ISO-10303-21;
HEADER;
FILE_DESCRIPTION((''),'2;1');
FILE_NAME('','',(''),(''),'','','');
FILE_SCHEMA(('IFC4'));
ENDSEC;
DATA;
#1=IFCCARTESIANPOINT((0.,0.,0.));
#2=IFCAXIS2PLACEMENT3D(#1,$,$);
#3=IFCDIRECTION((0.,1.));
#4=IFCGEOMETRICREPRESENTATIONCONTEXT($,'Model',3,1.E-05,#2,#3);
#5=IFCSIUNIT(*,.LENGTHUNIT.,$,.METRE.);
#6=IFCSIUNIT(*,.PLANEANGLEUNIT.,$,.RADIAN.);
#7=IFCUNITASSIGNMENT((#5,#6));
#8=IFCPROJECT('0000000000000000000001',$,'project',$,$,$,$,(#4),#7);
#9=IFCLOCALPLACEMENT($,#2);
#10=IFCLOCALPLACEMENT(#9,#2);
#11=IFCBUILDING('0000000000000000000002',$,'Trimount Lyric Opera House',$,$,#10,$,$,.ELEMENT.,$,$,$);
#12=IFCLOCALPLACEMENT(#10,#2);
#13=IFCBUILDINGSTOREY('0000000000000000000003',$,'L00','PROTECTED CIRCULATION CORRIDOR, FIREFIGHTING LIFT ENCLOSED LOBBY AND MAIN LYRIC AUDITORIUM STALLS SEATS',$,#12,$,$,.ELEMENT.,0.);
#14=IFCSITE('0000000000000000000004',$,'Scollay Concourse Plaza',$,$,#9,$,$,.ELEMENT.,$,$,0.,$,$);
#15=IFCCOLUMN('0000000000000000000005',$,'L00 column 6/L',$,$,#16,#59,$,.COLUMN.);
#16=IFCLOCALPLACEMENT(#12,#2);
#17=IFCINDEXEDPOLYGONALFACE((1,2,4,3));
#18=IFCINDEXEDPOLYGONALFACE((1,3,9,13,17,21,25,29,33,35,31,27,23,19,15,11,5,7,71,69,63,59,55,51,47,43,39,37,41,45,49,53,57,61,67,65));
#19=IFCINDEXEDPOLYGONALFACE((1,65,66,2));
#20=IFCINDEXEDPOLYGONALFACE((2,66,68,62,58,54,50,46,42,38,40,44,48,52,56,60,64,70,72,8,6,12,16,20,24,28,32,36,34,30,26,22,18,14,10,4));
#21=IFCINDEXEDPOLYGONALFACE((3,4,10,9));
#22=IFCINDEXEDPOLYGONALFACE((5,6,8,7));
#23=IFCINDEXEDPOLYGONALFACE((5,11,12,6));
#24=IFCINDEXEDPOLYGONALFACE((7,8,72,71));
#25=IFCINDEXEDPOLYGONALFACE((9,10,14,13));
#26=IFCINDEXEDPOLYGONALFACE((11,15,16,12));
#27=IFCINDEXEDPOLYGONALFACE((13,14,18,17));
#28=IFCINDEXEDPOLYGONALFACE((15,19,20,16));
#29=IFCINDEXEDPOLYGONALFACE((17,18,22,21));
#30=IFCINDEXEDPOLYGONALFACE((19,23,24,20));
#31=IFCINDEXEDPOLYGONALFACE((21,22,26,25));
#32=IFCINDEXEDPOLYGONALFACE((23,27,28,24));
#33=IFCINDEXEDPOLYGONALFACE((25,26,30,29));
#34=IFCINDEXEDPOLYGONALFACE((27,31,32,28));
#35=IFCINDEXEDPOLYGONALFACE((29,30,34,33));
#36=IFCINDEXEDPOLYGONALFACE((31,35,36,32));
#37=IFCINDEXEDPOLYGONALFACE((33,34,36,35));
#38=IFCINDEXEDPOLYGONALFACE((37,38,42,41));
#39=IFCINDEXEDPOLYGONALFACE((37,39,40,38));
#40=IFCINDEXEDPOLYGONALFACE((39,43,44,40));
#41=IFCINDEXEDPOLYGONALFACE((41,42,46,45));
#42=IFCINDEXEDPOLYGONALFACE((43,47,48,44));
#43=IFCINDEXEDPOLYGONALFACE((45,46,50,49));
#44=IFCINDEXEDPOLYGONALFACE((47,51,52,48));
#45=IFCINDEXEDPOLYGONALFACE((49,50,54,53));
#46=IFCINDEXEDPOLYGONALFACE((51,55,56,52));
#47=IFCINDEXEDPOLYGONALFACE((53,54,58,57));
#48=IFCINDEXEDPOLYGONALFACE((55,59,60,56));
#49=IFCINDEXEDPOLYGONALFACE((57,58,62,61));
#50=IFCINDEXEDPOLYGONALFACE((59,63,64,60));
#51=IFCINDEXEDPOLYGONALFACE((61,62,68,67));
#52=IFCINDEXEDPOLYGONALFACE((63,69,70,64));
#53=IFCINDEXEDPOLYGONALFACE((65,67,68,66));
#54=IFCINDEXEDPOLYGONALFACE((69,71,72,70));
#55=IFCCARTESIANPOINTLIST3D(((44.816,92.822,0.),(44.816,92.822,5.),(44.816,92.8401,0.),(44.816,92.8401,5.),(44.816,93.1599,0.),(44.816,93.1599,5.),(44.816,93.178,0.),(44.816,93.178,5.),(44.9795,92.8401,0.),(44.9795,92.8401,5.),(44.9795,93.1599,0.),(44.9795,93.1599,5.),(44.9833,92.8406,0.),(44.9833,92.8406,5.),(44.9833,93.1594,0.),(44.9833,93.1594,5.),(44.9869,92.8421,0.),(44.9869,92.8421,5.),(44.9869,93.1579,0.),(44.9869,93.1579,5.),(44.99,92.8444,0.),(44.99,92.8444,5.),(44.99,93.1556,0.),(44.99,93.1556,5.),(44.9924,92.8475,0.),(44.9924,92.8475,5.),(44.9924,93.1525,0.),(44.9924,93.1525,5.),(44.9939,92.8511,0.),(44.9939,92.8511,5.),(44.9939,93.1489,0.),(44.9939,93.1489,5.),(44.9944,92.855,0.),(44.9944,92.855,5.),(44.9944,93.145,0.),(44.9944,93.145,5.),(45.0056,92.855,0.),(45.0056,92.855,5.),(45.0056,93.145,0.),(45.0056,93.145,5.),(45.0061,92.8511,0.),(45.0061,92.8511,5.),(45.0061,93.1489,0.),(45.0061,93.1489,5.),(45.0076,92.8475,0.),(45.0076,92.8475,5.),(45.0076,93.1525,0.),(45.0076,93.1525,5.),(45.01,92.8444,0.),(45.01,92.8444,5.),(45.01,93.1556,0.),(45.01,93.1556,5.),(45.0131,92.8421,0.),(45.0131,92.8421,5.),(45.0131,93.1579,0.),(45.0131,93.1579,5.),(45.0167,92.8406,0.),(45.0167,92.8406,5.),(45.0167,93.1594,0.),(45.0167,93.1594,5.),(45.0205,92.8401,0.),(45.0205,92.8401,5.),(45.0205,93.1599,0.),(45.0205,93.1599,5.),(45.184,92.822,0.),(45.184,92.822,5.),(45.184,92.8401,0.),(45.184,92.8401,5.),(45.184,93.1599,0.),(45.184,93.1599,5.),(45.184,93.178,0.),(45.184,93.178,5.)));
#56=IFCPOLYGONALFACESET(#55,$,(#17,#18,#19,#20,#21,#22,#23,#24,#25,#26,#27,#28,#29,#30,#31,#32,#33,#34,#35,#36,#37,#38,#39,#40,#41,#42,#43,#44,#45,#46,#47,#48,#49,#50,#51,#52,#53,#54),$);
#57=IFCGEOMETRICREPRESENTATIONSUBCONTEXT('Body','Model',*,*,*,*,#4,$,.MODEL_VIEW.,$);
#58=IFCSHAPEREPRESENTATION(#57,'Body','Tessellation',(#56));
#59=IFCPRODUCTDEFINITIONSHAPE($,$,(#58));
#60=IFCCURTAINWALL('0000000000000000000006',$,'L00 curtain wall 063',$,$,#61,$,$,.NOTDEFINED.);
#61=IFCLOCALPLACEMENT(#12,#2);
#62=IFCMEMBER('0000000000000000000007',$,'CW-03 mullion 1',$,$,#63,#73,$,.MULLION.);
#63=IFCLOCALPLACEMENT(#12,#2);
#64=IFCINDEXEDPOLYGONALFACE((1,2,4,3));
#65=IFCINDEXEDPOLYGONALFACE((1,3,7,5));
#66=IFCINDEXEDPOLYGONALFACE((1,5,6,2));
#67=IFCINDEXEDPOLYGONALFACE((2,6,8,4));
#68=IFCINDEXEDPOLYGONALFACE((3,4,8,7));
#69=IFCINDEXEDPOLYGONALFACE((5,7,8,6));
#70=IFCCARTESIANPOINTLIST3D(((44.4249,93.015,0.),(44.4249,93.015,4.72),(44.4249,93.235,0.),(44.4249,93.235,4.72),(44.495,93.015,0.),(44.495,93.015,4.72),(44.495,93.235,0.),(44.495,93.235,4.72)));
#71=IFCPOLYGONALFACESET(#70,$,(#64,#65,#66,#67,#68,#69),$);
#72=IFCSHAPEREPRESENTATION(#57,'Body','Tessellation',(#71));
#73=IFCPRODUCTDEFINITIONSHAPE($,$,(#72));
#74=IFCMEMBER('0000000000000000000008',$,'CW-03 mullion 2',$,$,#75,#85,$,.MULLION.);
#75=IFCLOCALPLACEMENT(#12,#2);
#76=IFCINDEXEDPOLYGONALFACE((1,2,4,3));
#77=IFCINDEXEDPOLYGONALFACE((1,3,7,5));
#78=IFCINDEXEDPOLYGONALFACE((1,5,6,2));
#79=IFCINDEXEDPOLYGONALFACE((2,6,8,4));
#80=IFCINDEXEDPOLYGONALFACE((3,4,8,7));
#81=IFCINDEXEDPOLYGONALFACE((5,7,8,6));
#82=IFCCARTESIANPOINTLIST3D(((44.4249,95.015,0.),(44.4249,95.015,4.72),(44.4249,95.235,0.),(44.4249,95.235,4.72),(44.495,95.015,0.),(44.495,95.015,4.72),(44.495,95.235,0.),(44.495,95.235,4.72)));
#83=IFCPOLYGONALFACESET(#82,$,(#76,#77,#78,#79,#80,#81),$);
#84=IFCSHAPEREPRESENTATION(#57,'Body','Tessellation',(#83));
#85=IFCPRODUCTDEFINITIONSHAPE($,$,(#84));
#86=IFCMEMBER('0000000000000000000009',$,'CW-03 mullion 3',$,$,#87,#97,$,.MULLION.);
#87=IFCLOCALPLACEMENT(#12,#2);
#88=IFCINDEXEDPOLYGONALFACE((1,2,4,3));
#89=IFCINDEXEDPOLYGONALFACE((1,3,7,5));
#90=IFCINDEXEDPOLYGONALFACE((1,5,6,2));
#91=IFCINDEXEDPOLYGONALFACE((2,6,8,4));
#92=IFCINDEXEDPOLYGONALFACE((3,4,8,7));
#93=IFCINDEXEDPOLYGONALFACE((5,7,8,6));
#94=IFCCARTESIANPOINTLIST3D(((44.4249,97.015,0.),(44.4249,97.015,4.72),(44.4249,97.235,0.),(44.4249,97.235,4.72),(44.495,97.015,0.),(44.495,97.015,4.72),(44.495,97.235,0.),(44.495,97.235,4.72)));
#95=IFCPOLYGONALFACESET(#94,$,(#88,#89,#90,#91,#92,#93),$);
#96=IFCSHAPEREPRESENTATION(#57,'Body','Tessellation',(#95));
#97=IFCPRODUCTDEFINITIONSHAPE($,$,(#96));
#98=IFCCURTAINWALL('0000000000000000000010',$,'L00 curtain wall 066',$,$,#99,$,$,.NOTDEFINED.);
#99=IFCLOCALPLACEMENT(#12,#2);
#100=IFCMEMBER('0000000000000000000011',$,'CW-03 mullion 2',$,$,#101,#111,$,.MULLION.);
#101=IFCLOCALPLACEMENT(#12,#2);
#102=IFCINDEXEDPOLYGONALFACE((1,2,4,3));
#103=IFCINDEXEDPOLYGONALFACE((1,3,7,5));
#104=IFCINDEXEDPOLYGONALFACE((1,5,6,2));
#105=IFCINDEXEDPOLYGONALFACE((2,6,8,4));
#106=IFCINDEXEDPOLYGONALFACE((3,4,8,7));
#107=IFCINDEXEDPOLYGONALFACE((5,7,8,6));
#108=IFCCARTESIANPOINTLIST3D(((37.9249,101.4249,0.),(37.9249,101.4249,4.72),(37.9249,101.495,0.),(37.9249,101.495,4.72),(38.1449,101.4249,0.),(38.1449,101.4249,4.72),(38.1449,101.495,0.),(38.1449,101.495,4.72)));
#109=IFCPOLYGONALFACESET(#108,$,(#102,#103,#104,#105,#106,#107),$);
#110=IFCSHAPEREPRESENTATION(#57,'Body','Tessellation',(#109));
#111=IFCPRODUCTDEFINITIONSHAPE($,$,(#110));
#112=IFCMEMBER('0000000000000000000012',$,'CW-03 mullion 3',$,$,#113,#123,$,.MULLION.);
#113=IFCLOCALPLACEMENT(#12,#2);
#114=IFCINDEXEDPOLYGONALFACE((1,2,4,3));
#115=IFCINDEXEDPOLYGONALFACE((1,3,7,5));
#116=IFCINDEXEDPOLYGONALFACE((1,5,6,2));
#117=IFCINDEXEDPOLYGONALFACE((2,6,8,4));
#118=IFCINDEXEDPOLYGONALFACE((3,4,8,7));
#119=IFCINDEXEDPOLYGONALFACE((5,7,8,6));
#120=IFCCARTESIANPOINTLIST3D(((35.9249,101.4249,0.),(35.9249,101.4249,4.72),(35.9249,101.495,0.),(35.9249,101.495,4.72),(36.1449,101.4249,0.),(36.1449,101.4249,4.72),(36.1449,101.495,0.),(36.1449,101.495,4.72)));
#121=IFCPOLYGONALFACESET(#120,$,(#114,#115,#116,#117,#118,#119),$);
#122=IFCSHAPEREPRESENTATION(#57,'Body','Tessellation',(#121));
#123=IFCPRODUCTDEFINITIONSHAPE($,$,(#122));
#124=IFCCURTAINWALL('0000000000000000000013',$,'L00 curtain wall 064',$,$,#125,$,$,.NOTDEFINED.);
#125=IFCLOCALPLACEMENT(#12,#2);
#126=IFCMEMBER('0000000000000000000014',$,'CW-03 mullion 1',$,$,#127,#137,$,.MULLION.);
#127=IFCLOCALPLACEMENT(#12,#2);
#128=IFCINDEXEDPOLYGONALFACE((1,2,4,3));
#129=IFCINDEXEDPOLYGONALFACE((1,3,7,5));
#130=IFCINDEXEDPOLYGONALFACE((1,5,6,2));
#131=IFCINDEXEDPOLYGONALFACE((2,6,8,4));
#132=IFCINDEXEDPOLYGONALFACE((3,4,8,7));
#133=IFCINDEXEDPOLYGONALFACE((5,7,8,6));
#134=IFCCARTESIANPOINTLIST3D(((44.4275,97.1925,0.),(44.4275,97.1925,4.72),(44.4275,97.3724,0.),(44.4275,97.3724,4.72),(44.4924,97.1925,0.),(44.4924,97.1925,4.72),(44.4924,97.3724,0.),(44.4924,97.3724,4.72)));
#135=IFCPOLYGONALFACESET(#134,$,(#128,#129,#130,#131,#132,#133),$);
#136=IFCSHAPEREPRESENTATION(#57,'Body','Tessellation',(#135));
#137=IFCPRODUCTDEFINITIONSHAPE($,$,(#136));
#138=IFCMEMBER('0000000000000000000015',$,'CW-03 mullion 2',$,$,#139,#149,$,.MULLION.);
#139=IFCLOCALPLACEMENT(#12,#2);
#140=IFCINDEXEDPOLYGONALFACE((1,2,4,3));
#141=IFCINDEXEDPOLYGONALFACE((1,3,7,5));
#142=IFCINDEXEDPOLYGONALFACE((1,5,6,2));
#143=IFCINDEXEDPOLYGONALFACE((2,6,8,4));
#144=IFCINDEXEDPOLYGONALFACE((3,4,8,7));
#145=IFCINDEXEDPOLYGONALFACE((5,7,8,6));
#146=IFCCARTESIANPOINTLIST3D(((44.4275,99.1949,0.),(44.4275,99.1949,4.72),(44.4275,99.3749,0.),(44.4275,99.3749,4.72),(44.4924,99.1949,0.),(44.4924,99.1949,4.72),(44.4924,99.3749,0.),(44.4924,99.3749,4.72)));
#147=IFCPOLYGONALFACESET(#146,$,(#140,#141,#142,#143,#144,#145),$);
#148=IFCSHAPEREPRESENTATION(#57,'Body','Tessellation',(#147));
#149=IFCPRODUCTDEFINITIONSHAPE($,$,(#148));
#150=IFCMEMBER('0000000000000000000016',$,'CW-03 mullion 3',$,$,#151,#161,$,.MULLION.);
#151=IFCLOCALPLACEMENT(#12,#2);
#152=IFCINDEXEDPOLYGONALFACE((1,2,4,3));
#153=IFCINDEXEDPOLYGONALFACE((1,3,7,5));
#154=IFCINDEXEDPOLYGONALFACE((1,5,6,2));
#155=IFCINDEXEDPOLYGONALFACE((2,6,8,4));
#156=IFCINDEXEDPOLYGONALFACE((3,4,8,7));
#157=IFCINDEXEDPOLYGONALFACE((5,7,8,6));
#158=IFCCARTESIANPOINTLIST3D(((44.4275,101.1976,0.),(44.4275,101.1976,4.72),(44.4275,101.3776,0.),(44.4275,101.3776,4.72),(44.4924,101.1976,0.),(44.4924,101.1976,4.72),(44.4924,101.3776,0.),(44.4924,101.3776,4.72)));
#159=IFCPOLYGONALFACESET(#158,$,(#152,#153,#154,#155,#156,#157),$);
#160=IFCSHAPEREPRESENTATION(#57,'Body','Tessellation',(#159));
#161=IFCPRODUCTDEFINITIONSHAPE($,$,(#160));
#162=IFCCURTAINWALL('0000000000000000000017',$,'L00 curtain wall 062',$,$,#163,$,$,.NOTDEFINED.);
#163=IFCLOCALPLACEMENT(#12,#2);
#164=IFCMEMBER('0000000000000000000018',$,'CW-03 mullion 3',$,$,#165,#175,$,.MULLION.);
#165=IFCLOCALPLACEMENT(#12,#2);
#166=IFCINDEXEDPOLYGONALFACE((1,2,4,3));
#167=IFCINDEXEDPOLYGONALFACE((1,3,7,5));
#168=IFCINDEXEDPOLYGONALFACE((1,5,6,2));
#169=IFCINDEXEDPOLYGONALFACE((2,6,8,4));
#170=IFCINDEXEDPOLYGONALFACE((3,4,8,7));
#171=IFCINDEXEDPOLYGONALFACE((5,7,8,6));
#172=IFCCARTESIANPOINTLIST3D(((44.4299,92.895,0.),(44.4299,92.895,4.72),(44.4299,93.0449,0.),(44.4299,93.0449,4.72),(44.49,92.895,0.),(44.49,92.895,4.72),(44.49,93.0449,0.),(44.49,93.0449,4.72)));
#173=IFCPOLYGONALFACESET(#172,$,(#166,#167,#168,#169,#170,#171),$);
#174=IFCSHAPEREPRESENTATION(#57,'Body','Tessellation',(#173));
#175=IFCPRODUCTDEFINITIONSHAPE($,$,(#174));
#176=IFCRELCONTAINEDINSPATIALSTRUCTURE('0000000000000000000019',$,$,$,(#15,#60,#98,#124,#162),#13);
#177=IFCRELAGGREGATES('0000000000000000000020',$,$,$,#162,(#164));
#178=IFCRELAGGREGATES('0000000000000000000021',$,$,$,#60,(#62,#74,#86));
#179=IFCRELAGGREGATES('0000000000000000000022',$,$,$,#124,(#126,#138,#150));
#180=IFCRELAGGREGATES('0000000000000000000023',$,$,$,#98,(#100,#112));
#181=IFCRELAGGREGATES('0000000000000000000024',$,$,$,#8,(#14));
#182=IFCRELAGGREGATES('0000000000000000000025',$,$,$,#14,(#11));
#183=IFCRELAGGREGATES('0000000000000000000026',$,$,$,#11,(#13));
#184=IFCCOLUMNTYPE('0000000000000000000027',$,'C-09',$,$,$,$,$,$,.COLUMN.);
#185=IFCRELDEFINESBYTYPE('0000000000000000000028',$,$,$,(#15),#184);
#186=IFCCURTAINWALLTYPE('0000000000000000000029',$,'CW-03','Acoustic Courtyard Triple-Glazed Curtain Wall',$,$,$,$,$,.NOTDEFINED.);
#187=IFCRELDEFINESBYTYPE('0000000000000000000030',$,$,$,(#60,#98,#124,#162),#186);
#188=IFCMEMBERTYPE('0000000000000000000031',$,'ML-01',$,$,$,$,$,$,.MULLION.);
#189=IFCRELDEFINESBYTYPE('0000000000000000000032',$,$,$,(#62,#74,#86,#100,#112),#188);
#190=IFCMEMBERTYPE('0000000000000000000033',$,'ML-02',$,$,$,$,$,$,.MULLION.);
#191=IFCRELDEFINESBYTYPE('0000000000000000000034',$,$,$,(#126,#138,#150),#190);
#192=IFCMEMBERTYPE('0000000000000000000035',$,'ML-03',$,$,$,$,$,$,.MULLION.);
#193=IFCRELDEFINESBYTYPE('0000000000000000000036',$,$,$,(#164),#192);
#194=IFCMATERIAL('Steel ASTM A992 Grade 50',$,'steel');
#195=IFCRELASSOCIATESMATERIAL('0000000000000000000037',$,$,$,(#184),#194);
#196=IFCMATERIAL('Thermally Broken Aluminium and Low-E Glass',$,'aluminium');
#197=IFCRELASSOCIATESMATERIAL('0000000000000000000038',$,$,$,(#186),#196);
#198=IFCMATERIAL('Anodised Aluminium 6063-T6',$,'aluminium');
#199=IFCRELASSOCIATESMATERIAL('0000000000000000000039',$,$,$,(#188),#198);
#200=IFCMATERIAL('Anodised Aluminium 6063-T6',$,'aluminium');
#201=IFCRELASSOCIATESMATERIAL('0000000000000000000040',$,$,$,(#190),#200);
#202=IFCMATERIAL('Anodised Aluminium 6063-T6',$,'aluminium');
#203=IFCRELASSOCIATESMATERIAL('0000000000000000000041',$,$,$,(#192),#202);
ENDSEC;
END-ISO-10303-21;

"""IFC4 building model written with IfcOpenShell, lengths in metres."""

from ifc_helpers import new_model, si_unit, direction, frame, origin, origin_2d, place, context, subcontext, project, spatial, rectangle, i_section, extrude, material, material_profile, profile_set, type_object, element, aggregate, save


model = new_model("IFC4")

# Units and contexts
model_context = context("Model", 3, precision=1e-05, world=origin(), true_north=direction((0.0, 1.0)))
body_context = subcontext(model_context, "Body", "Model", "MODEL_VIEW")
ifc_project = project(units=[si_unit("LENGTHUNIT", "METRE"), si_unit("PLANEANGLEUNIT", "RADIAN")], contexts=[model_context])

# Site, building, storey
site_placement = place(None, origin())
site = spatial("IfcSite", under=ifc_project, at=site_placement, Name="Scollay Concourse Plaza", CompositionType="ELEMENT", RefElevation=0.0)
building_placement = place(site_placement, origin())
building = spatial("IfcBuilding", under=site, at=building_placement, Name="Trimount Lyric Opera House", CompositionType="ELEMENT")
storey_placement = place(building_placement, origin())
storey = spatial("IfcBuildingStorey", under=building, at=storey_placement, Name="L00", Description="PROTECTED CIRCULATION CORRIDOR, FIREFIGHTING LIFT ENCLOSED LOBBY AND MAIN LYRIC AUDITORIUM STALLS SEATS", CompositionType="ELEMENT", Elevation=0.0)

# Column
ifc_material_1 = material(Name="Steel ASTM A992 Grade 50", Category="steel")
ifc_material_profile_1 = material_profile(ifc_material_1, i_section(OverallWidth=0.3679, OverallDepth=0.356, WebThickness=0.0112, FlangeThickness=0.0181, FilletRadius=0.0149, at=origin_2d()), Name="W14X90")
ifc_profile_set_1 = profile_set([ifc_material_profile_1], Name="Steel ASTM A992 Grade 50")
column_type = type_object("IfcColumnType", Name="C-09", PredefinedType="COLUMN", material=ifc_profile_set_1)
column_placement = place(storey_placement, frame((45.0, 93.0, 0.0), z_axis=(0.0, 0.0, 1.0), x_axis=(1.0, 0.0, 0.0)))
element("IfcColumn", 1, at=column_placement, inside=storey, type_object=column_type, Name="L00 column 6/L", PredefinedType="COLUMN", context=body_context, shape_type="SweptSolid", body=[
    extrude(i_section(OverallWidth=0.3679, OverallDepth=0.356, WebThickness=0.0112, FlangeThickness=0.0181, FilletRadius=0.0149, at=origin_2d()), origin(), (0.0, 0.0, 1.0), 5.0),
])

# Curtain walls, members
ifc_material_2 = material(Name="Thermally Broken Aluminium and Low-E Glass", Category="aluminium")
curtain_wall_type = type_object("IfcCurtainWallType", Name="CW-03", Description="Acoustic Courtyard Triple-Glazed Curtain Wall", PredefinedType="NOTDEFINED", material=ifc_material_2)
curtain_wall_1_placement = place(storey_placement, origin())
curtain_wall_1 = element("IfcCurtainWall", 2, at=curtain_wall_1_placement, inside=storey, type_object=curtain_wall_type, Name="L00 curtain wall 063", PredefinedType="NOTDEFINED")
ifc_material_3 = material(Name="Anodised Aluminium 6063-T6", Category="aluminium")
ifc_material_profile_2 = material_profile(ifc_material_3, rectangle(XDim=0.0701, YDim=0.22, at=origin_2d()), Name="ALU-MULL-70X220")
ifc_profile_set_2 = profile_set([ifc_material_profile_2], Name="Anodised Aluminium 6063-T6")
member_type_1 = type_object("IfcMemberType", Name="ML-01", PredefinedType="MULLION", material=ifc_profile_set_2)
member_1_placement = place(storey_placement, frame((44.46, 93.125, 0.0), z_axis=(0.0, 0.0, 1.0), x_axis=(-1.0, 0.0, 0.0)))
member_1 = element("IfcMember", 3, at=member_1_placement, type_object=member_type_1, Name="CW-03 mullion 1", PredefinedType="MULLION", context=body_context, shape_type="SweptSolid", body=[
    extrude(rectangle(XDim=0.0701, YDim=0.22, at=origin_2d()), origin(), (0.0, 0.0, 1.0), 4.72),
])
member_2_placement = place(storey_placement, frame((44.46, 95.125, 0.0), z_axis=(0.0, 0.0, 1.0), x_axis=(-1.0, 0.0, 0.0)))
member_2 = element("IfcMember", 4, at=member_2_placement, type_object=member_type_1, Name="CW-03 mullion 2", PredefinedType="MULLION", context=body_context, shape_type="SweptSolid", body=[
    extrude(rectangle(XDim=0.0701, YDim=0.22, at=origin_2d()), origin(), (0.0, 0.0, 1.0), 4.72),
])
member_3_placement = place(storey_placement, frame((44.46, 97.125, 0.0), z_axis=(0.0, 0.0, 1.0), x_axis=(-1.0, 0.0, 0.0)))
member_3 = element("IfcMember", 5, at=member_3_placement, type_object=member_type_1, Name="CW-03 mullion 3", PredefinedType="MULLION", context=body_context, shape_type="SweptSolid", body=[
    extrude(rectangle(XDim=0.0701, YDim=0.22, at=origin_2d()), origin(), (0.0, 0.0, 1.0), 4.72),
])
curtain_wall_2_placement = place(storey_placement, origin())
curtain_wall_2 = element("IfcCurtainWall", 6, at=curtain_wall_2_placement, inside=storey, type_object=curtain_wall_type, Name="L00 curtain wall 066", PredefinedType="NOTDEFINED")
member_4_placement = place(storey_placement, frame((38.0349, 101.46, 0.0), z_axis=(0.0, 0.0, 1.0), x_axis=(0.0, -1.0, 0.0)))
member_4 = element("IfcMember", 7, at=member_4_placement, type_object=member_type_1, Name="CW-03 mullion 2", PredefinedType="MULLION", context=body_context, shape_type="SweptSolid", body=[
    extrude(rectangle(XDim=0.0701, YDim=0.22, at=origin_2d()), origin(), (0.0, 0.0, 1.0), 4.72),
])
member_5_placement = place(storey_placement, frame((36.0349, 101.46, 0.0), z_axis=(0.0, 0.0, 1.0), x_axis=(0.0, -1.0, 0.0)))
member_5 = element("IfcMember", 8, at=member_5_placement, type_object=member_type_1, Name="CW-03 mullion 3", PredefinedType="MULLION", context=body_context, shape_type="SweptSolid", body=[
    extrude(rectangle(XDim=0.0701, YDim=0.22, at=origin_2d()), origin(), (0.0, 0.0, 1.0), 4.72),
])
curtain_wall_3_placement = place(storey_placement, origin())
curtain_wall_3 = element("IfcCurtainWall", 9, at=curtain_wall_3_placement, inside=storey, type_object=curtain_wall_type, Name="L00 curtain wall 064", PredefinedType="NOTDEFINED")
ifc_material_4 = material(Name="Anodised Aluminium 6063-T6", Category="aluminium")
ifc_material_profile_3 = material_profile(ifc_material_4, rectangle(XDim=0.0649, YDim=0.1799, at=origin_2d()), Name="ALU-MULL-65X180")
ifc_profile_set_3 = profile_set([ifc_material_profile_3], Name="Anodised Aluminium 6063-T6")
member_type_2 = type_object("IfcMemberType", Name="ML-02", PredefinedType="MULLION", material=ifc_profile_set_3)
member_6_placement = place(storey_placement, frame((44.46, 97.2825, 0.0), z_axis=(0.0, 0.0, 1.0), x_axis=(-1.0, 0.0, 0.0)))
member_6 = element("IfcMember", 10, at=member_6_placement, type_object=member_type_2, Name="CW-03 mullion 1", PredefinedType="MULLION", context=body_context, shape_type="SweptSolid", body=[
    extrude(rectangle(XDim=0.0649, YDim=0.1799, at=origin_2d()), origin(), (0.0, 0.0, 1.0), 4.72),
])
member_7_placement = place(storey_placement, frame((44.46, 99.2849, 0.0), z_axis=(0.0, 0.0, 1.0), x_axis=(-1.0, 0.0, 0.0)))
member_7 = element("IfcMember", 11, at=member_7_placement, type_object=member_type_2, Name="CW-03 mullion 2", PredefinedType="MULLION", context=body_context, shape_type="SweptSolid", body=[
    extrude(rectangle(XDim=0.0649, YDim=0.1799, at=origin_2d()), origin(), (0.0, 0.0, 1.0), 4.72),
])
member_8_placement = place(storey_placement, frame((44.46, 101.2876, 0.0), z_axis=(0.0, 0.0, 1.0), x_axis=(-1.0, 0.0, 0.0)))
member_8 = element("IfcMember", 12, at=member_8_placement, type_object=member_type_2, Name="CW-03 mullion 3", PredefinedType="MULLION", context=body_context, shape_type="SweptSolid", body=[
    extrude(rectangle(XDim=0.0649, YDim=0.1799, at=origin_2d()), origin(), (0.0, 0.0, 1.0), 4.72),
])

# Curtain wall, member
curtain_wall_4_placement = place(storey_placement, origin())
curtain_wall_4 = element("IfcCurtainWall", 13, at=curtain_wall_4_placement, inside=storey, type_object=curtain_wall_type, Name="L00 curtain wall 062", PredefinedType="NOTDEFINED")
ifc_material_5 = material(Name="Anodised Aluminium 6063-T6", Category="aluminium")
ifc_material_profile_4 = material_profile(ifc_material_5, rectangle(XDim=0.0601, YDim=0.1499, at=origin_2d()), Name="ALU-MULL-60X150")
ifc_profile_set_4 = profile_set([ifc_material_profile_4], Name="Anodised Aluminium 6063-T6")
member_type_3 = type_object("IfcMemberType", Name="ML-03", PredefinedType="MULLION", material=ifc_profile_set_4)
member_9_placement = place(storey_placement, frame((44.46, 92.97, 0.0), z_axis=(0.0, 0.0, 1.0), x_axis=(-1.0, 0.0, 0.0)))
member_9 = element("IfcMember", 14, at=member_9_placement, type_object=member_type_3, Name="CW-03 mullion 3", PredefinedType="MULLION", context=body_context, shape_type="SweptSolid", body=[
    extrude(rectangle(XDim=0.0601, YDim=0.1499, at=origin_2d()), origin(), (0.0, 0.0, 1.0), 4.72),
])
aggregate(curtain_wall_4, [member_9])

aggregate(curtain_wall_1, [member_1, member_2, member_3])
aggregate(curtain_wall_3, [member_6, member_7, member_8])
aggregate(curtain_wall_2, [member_4, member_5])

save(model, "model.ifc")
